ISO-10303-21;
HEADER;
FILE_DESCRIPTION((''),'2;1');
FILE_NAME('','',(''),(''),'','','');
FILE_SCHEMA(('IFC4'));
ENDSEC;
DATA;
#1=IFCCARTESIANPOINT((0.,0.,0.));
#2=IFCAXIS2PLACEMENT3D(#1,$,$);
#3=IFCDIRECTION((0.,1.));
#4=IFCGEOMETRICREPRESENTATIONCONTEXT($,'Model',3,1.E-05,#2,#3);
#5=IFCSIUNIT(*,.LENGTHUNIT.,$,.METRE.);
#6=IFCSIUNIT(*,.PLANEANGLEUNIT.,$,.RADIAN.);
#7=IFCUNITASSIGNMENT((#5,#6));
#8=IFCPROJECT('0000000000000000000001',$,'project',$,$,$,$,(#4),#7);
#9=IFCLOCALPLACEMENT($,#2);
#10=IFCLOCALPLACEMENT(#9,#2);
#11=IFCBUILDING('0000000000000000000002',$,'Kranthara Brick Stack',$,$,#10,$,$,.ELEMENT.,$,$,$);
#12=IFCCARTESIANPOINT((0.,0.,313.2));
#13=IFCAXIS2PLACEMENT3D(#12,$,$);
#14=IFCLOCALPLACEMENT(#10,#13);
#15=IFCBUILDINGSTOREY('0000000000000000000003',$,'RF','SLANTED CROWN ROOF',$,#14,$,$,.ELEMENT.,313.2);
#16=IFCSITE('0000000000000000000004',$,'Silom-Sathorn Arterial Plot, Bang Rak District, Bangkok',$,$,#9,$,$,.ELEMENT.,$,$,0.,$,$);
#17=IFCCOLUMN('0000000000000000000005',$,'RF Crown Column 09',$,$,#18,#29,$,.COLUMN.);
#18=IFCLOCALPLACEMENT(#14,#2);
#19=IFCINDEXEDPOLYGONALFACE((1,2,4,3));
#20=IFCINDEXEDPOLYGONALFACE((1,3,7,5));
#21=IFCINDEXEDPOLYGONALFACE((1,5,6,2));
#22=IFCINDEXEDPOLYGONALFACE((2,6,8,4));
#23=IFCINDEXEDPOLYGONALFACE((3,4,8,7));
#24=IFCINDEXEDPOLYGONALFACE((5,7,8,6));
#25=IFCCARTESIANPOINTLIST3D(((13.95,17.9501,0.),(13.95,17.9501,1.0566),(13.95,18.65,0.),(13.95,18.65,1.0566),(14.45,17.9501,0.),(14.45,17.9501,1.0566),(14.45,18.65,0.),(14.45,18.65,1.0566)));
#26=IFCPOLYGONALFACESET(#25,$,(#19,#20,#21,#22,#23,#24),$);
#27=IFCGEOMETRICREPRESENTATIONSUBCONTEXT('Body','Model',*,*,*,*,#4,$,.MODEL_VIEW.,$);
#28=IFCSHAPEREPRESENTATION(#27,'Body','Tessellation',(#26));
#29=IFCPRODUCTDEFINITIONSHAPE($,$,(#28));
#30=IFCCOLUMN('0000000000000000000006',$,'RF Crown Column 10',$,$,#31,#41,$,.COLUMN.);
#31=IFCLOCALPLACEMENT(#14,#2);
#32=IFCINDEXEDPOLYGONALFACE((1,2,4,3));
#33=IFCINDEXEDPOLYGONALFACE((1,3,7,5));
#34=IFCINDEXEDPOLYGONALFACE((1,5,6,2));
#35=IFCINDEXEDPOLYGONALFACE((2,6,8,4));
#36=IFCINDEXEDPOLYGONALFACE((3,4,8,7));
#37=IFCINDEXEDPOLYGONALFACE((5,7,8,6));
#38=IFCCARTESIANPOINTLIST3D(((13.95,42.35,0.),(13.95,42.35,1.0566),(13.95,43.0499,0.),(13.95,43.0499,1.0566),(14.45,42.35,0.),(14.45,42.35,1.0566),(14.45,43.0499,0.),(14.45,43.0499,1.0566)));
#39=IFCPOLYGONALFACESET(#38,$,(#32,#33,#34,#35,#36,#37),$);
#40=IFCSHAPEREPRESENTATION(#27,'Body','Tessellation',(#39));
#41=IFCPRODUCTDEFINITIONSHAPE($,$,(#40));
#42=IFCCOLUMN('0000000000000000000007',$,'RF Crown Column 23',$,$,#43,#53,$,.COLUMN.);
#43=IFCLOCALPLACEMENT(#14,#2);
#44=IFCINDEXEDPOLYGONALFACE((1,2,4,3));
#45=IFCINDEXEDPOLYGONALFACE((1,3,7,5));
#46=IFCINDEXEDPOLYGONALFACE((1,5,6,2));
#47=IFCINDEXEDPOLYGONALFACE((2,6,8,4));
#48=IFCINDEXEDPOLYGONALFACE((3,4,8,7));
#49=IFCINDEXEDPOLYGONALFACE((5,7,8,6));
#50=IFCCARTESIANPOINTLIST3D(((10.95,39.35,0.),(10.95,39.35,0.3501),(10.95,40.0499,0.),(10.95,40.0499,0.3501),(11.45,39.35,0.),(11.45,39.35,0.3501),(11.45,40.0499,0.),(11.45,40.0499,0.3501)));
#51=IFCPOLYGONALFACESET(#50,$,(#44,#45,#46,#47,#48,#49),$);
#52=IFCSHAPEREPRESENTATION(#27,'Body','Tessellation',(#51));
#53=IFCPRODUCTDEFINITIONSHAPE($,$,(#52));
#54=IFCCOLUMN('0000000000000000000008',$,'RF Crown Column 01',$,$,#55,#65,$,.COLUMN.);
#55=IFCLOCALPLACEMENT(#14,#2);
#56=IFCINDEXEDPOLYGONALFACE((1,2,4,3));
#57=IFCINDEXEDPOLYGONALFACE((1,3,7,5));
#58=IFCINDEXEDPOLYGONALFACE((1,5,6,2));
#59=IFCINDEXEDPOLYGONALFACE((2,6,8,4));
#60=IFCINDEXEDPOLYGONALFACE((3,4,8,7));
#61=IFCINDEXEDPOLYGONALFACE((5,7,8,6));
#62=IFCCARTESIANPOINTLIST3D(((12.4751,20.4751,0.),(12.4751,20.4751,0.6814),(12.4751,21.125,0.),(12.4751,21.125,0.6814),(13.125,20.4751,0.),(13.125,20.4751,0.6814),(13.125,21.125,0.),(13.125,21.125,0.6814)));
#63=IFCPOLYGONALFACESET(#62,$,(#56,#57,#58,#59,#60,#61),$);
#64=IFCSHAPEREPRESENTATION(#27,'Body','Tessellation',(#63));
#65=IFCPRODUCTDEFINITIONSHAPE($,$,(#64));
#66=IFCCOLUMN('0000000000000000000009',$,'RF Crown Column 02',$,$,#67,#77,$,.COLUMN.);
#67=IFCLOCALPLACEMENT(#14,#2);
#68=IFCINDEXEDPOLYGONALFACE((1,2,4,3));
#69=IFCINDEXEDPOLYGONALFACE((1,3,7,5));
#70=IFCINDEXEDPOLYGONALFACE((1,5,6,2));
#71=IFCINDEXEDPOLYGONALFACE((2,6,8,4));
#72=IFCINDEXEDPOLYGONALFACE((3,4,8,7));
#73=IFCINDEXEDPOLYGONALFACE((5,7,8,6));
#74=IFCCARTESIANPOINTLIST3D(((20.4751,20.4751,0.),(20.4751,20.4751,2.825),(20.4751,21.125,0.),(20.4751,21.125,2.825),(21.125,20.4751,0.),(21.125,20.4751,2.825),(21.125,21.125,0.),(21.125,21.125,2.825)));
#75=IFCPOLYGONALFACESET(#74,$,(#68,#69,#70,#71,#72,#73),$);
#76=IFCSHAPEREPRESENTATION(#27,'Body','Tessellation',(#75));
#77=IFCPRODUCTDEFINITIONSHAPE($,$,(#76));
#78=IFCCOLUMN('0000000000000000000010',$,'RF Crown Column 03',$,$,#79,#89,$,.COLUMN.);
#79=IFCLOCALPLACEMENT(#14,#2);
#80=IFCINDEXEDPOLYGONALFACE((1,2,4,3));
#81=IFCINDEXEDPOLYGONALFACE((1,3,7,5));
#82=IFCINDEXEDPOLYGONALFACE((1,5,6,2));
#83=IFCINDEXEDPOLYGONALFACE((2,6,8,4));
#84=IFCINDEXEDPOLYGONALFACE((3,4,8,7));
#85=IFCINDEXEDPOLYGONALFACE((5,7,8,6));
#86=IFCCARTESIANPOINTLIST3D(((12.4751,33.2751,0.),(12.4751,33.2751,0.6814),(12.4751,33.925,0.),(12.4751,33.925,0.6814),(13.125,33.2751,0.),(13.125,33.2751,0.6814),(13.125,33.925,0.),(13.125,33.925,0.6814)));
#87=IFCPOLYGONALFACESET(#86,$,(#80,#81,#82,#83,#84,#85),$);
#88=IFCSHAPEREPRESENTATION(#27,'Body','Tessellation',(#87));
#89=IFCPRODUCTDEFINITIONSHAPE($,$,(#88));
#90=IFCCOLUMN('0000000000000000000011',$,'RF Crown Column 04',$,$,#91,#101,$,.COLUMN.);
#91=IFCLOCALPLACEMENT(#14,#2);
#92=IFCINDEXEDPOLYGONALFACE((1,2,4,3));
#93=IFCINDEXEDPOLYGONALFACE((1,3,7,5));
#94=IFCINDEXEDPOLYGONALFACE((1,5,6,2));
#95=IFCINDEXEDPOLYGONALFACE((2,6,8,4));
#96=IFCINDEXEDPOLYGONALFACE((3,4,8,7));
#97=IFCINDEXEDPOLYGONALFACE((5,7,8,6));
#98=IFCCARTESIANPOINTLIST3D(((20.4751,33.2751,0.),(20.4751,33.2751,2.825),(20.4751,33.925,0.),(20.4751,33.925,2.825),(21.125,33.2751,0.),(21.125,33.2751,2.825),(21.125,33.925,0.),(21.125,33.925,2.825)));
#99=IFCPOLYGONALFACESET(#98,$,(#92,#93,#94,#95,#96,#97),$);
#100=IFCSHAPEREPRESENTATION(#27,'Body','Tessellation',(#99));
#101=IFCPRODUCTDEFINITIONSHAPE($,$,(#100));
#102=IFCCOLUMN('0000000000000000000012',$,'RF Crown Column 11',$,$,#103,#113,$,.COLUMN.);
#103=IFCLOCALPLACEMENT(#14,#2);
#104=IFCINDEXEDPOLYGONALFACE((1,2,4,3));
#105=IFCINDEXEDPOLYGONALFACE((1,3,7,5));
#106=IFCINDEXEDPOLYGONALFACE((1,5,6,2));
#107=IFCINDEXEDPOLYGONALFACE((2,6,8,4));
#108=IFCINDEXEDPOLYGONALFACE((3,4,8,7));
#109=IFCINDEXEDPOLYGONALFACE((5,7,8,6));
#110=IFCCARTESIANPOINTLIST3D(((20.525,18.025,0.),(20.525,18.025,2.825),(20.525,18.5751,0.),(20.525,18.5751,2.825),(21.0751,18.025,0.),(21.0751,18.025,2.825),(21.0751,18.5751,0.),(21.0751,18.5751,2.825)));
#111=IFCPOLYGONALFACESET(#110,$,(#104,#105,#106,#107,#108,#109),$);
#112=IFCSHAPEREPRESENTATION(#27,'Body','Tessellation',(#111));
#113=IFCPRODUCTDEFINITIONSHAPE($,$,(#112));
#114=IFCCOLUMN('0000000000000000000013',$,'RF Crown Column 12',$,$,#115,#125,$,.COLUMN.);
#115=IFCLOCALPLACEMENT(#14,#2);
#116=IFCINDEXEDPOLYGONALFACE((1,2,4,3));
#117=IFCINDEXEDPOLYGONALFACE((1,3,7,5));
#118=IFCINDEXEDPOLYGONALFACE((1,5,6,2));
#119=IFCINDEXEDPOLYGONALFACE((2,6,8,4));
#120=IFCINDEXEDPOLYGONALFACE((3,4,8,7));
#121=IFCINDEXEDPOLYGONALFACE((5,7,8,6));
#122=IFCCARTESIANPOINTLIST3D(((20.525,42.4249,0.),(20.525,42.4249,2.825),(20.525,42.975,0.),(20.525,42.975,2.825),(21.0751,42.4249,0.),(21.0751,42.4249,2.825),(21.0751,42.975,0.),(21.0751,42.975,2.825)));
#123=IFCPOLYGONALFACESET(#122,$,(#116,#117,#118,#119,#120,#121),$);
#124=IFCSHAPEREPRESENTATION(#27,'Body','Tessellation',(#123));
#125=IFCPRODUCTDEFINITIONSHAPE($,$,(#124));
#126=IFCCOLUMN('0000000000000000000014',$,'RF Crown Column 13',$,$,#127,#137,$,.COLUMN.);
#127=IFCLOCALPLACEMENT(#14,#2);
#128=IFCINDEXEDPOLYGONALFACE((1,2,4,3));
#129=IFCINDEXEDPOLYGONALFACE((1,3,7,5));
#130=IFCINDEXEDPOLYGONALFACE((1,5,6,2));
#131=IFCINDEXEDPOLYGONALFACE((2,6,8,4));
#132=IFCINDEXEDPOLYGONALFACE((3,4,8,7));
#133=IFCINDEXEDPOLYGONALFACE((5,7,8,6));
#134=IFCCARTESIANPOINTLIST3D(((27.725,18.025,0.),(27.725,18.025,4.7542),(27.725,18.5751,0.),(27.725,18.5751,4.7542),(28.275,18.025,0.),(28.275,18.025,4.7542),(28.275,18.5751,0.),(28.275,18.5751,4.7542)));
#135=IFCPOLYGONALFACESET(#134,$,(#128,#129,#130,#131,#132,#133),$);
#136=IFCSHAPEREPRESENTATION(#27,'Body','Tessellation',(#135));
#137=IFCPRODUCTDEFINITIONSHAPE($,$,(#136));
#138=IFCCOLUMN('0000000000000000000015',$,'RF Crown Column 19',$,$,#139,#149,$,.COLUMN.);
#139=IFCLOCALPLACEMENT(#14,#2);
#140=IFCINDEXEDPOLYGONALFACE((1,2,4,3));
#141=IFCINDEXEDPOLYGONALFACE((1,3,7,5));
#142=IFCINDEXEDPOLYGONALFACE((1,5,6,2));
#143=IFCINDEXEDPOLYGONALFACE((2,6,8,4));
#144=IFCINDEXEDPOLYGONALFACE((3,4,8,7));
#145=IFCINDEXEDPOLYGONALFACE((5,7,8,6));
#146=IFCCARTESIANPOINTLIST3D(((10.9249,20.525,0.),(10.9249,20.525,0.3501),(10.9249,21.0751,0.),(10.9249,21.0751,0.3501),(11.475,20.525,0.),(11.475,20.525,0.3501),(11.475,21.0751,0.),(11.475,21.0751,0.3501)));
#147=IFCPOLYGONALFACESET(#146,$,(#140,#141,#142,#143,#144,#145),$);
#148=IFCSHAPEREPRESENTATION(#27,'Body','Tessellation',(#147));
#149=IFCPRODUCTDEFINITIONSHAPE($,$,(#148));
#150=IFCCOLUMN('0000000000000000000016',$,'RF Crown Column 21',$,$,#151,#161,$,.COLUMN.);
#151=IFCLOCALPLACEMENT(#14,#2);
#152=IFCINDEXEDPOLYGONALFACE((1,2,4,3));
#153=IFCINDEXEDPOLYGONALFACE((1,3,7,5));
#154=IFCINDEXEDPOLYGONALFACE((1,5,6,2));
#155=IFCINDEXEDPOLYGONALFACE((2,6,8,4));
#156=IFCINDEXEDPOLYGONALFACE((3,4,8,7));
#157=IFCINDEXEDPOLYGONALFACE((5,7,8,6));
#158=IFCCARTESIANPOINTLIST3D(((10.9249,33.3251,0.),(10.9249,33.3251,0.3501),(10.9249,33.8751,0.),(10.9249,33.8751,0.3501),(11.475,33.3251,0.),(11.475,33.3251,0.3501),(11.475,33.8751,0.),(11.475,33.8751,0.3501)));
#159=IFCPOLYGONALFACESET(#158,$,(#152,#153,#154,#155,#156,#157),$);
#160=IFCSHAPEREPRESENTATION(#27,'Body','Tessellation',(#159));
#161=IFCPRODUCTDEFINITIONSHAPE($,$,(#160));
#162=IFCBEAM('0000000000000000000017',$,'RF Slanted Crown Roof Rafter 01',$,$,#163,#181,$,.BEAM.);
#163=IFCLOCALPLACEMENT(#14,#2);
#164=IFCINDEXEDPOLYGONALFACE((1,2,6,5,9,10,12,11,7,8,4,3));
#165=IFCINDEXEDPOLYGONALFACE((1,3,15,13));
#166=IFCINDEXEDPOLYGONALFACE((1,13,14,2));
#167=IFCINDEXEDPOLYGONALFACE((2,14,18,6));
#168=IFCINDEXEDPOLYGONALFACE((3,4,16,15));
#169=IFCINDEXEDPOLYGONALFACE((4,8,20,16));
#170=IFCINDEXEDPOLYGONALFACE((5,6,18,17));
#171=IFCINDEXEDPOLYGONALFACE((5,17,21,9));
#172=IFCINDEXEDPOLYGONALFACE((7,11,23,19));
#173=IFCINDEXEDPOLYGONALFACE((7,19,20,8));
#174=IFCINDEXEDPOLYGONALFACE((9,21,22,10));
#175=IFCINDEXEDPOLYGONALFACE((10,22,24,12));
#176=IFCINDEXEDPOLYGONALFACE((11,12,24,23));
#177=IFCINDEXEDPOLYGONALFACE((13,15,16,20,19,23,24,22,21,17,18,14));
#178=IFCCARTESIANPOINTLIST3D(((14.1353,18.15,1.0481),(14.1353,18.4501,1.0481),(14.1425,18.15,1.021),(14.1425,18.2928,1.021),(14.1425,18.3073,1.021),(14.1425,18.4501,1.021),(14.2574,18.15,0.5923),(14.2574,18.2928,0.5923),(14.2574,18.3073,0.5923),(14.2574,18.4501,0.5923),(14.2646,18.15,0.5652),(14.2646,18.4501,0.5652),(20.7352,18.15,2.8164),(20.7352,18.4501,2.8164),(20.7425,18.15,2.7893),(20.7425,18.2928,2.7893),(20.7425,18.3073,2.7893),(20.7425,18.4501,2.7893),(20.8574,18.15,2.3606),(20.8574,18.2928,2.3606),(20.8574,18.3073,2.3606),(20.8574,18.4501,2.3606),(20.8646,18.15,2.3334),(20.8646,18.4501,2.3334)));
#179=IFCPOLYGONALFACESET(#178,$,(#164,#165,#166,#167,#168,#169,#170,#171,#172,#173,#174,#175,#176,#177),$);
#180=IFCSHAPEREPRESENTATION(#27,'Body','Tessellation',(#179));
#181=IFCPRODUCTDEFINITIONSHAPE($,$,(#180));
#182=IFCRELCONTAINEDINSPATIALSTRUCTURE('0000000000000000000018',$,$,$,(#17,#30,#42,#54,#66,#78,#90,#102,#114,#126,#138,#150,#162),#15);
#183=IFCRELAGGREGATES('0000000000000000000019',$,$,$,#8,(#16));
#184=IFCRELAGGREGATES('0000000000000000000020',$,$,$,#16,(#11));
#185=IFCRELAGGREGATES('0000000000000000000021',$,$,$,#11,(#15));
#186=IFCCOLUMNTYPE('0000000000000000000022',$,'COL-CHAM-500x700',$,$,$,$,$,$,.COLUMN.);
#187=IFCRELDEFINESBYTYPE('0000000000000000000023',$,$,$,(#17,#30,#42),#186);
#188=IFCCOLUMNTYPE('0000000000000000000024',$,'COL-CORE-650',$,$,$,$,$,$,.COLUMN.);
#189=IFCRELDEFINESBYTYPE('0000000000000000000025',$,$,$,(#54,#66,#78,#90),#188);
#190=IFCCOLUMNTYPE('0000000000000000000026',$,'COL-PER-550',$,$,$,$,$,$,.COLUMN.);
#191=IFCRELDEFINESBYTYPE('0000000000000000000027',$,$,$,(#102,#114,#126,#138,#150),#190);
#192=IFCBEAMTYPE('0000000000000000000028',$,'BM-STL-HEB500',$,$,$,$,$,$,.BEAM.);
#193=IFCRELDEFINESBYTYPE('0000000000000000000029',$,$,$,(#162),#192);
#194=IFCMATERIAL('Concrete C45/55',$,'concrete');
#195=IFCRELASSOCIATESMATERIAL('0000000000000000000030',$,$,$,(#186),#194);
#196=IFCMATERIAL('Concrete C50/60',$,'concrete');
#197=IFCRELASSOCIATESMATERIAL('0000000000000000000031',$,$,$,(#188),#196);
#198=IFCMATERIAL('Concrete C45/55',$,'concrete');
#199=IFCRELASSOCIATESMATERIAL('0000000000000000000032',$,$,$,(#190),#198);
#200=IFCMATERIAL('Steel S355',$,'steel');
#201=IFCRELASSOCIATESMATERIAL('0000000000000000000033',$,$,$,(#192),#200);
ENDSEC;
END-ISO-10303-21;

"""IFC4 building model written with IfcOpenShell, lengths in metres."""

from ifc_helpers import new_model, si_unit, direction, frame, origin, origin_2d, place, context, subcontext, project, spatial, rectangle, i_section, extrude, material, material_profile, profile_set, type_object, element, save


model = new_model("IFC4")

# Units and contexts
model_context = context("Model", 3, precision=1e-05, world=origin(), true_north=direction((0.0, 1.0)))
body_context = subcontext(model_context, "Body", "Model", "MODEL_VIEW")
ifc_project = project(units=[si_unit("LENGTHUNIT", "METRE"), si_unit("PLANEANGLEUNIT", "RADIAN")], contexts=[model_context])

# Site, building, storey
site_placement = place(None, origin())
site = spatial("IfcSite", under=ifc_project, at=site_placement, Name="Silom-Sathorn Arterial Plot, Bang Rak District, Bangkok", CompositionType="ELEMENT", RefElevation=0.0)
building_placement = place(site_placement, origin())
building = spatial("IfcBuilding", under=site, at=building_placement, Name="Kranthara Brick Stack", CompositionType="ELEMENT")
storey_placement = place(building_placement, frame((0.0, 0.0, 313.2)))
storey = spatial("IfcBuildingStorey", under=building, at=storey_placement, Name="RF", Description="SLANTED CROWN ROOF", CompositionType="ELEMENT", Elevation=313.2)

# Columns
ifc_material_1 = material(Name="Concrete C45/55", Category="concrete")
ifc_material_profile_1 = material_profile(ifc_material_1, rectangle(XDim=0.5, YDim=0.7, at=origin_2d()), Name="RC 500x700")
ifc_profile_set_1 = profile_set([ifc_material_profile_1], Name="Concrete C45/55")
column_type_1 = type_object("IfcColumnType", Name="COL-CHAM-500x700", PredefinedType="COLUMN", material=ifc_profile_set_1)
for number, where, z_axis, x_axis, name in (
    (1, (14.2, 18.3, 0.0), (0.0, 0.0, 1.0), (1.0, 0.0, 0.0), "RF Crown Column 09"),
    (2, (14.2, 42.7, 0.0), (0.0, 0.0, 1.0), (1.0, 0.0, 0.0), "RF Crown Column 10"),
):
    element("IfcColumn", number, at=place(storey_placement, frame(where, z_axis=z_axis, x_axis=x_axis)), inside=storey, type_object=column_type_1, Name=name, PredefinedType="COLUMN", context=body_context, shape_type="SweptSolid", body=[
        extrude(rectangle(XDim=0.5, YDim=0.7, at=origin_2d()), origin(), (0.0, 0.0, 1.0), 1.0566),
    ])
column_1_placement = place(storey_placement, frame((11.2, 39.7, 0.0), z_axis=(0.0, 0.0, 1.0), x_axis=(1.0, 0.0, 0.0)))
element("IfcColumn", 3, at=column_1_placement, inside=storey, type_object=column_type_1, Name="RF Crown Column 23", PredefinedType="COLUMN", context=body_context, shape_type="SweptSolid", body=[
    extrude(rectangle(XDim=0.5, YDim=0.7, at=origin_2d()), origin(), (0.0, 0.0, 1.0), 0.3501),
])
ifc_material_2 = material(Name="Concrete C50/60", Category="concrete")
ifc_material_profile_2 = material_profile(ifc_material_2, rectangle(XDim=0.6499, YDim=0.6499, at=origin_2d()), Name="RC 650x650")
ifc_profile_set_2 = profile_set([ifc_material_profile_2], Name="Concrete C50/60")
column_type_2 = type_object("IfcColumnType", Name="COL-CORE-650", PredefinedType="COLUMN", material=ifc_profile_set_2)
column_2_placement = place(storey_placement, frame((12.8, 20.8, 0.0), z_axis=(0.0, 0.0, 1.0), x_axis=(1.0, 0.0, 0.0)))
element("IfcColumn", 4, at=column_2_placement, inside=storey, type_object=column_type_2, Name="RF Crown Column 01", PredefinedType="COLUMN", context=body_context, shape_type="SweptSolid", body=[
    extrude(rectangle(XDim=0.6499, YDim=0.6499, at=origin_2d()), origin(), (0.0, 0.0, 1.0), 0.6814),
])
column_3_placement = place(storey_placement, frame((20.8, 20.8, 0.0), z_axis=(0.0, 0.0, 1.0), x_axis=(1.0, 0.0, 0.0)))
element("IfcColumn", 5, at=column_3_placement, inside=storey, type_object=column_type_2, Name="RF Crown Column 02", PredefinedType="COLUMN", context=body_context, shape_type="SweptSolid", body=[
    extrude(rectangle(XDim=0.6499, YDim=0.6499, at=origin_2d()), origin(), (0.0, 0.0, 1.0), 2.825),
])
column_4_placement = place(storey_placement, frame((12.8, 33.6001, 0.0), z_axis=(0.0, 0.0, 1.0), x_axis=(1.0, 0.0, 0.0)))
element("IfcColumn", 6, at=column_4_placement, inside=storey, type_object=column_type_2, Name="RF Crown Column 03", PredefinedType="COLUMN", context=body_context, shape_type="SweptSolid", body=[
    extrude(rectangle(XDim=0.6499, YDim=0.6499, at=origin_2d()), origin(), (0.0, 0.0, 1.0), 0.6814),
])
column_5_placement = place(storey_placement, frame((20.8, 33.6001, 0.0), z_axis=(0.0, 0.0, 1.0), x_axis=(1.0, 0.0, 0.0)))
element("IfcColumn", 7, at=column_5_placement, inside=storey, type_object=column_type_2, Name="RF Crown Column 04", PredefinedType="COLUMN", context=body_context, shape_type="SweptSolid", body=[
    extrude(rectangle(XDim=0.6499, YDim=0.6499, at=origin_2d()), origin(), (0.0, 0.0, 1.0), 2.825),
])
ifc_material_3 = material(Name="Concrete C45/55", Category="concrete")
ifc_material_profile_3 = material_profile(ifc_material_3, rectangle(XDim=0.55, YDim=0.55, at=origin_2d()), Name="RC 550x550")
ifc_profile_set_3 = profile_set([ifc_material_profile_3], Name="Concrete C45/55")
column_type_3 = type_object("IfcColumnType", Name="COL-PER-550", PredefinedType="COLUMN", material=ifc_profile_set_3)
for number, where, z_axis, x_axis, name in (
    (8, (20.8, 18.3, 0.0), (0.0, 0.0, 1.0), (1.0, 0.0, 0.0), "RF Crown Column 11"),
    (9, (20.8, 42.7, 0.0), (0.0, 0.0, 1.0), (1.0, 0.0, 0.0), "RF Crown Column 12"),
):
    element("IfcColumn", number, at=place(storey_placement, frame(where, z_axis=z_axis, x_axis=x_axis)), inside=storey, type_object=column_type_3, Name=name, PredefinedType="COLUMN", context=body_context, shape_type="SweptSolid", body=[
        extrude(rectangle(XDim=0.55, YDim=0.55, at=origin_2d()), origin(), (0.0, 0.0, 1.0), 2.825),
    ])
column_6_placement = place(storey_placement, frame((28.0, 18.3, 0.0), z_axis=(0.0, 0.0, 1.0), x_axis=(1.0, 0.0, 0.0)))
element("IfcColumn", 10, at=column_6_placement, inside=storey, type_object=column_type_3, Name="RF Crown Column 13", PredefinedType="COLUMN", context=body_context, shape_type="SweptSolid", body=[
    extrude(rectangle(XDim=0.55, YDim=0.55, at=origin_2d()), origin(), (0.0, 0.0, 1.0), 4.7542),
])
for number, where, z_axis, x_axis, name in (
    (11, (11.2, 20.8, 0.0), (0.0, 0.0, 1.0), (1.0, 0.0, 0.0), "RF Crown Column 19"),
    (12, (11.2, 33.6001, 0.0), (0.0, 0.0, 1.0), (1.0, 0.0, 0.0), "RF Crown Column 21"),
):
    element("IfcColumn", number, at=place(storey_placement, frame(where, z_axis=z_axis, x_axis=x_axis)), inside=storey, type_object=column_type_3, Name=name, PredefinedType="COLUMN", context=body_context, shape_type="SweptSolid", body=[
        extrude(rectangle(XDim=0.55, YDim=0.55, at=origin_2d()), origin(), (0.0, 0.0, 1.0), 0.3501),
    ])

# Beam
ifc_material_4 = material(Name="Steel S355", Category="steel")
ifc_material_profile_4 = material_profile(ifc_material_4, i_section(OverallWidth=0.3, OverallDepth=0.5, WebThickness=0.0144, FlangeThickness=0.0281, at=origin_2d()), Name="HEB 500")
ifc_profile_set_4 = profile_set([ifc_material_profile_4], Name="Steel S355")
beam_type = type_object("IfcBeamType", Name="BM-STL-HEB500", PredefinedType="BEAM", material=ifc_profile_set_4)
beam_1_placement = place(storey_placement, frame((14.2, 18.3, 0.8066), z_axis=(0.965932, 0.0, 0.258794), x_axis=(0.0, 1.0, 0.0)))
element("IfcBeam", 13, at=beam_1_placement, inside=storey, type_object=beam_type, Name="RF Slanted Crown Roof Rafter 01", PredefinedType="BEAM", context=body_context, shape_type="SweptSolid", body=[
    extrude(i_section(OverallWidth=0.3, OverallDepth=0.5, WebThickness=0.0144, FlangeThickness=0.0281, at=origin_2d()), origin(), (0.0, 0.0, 1.0), 6.8328),
])

save(model, "model.ifc")
